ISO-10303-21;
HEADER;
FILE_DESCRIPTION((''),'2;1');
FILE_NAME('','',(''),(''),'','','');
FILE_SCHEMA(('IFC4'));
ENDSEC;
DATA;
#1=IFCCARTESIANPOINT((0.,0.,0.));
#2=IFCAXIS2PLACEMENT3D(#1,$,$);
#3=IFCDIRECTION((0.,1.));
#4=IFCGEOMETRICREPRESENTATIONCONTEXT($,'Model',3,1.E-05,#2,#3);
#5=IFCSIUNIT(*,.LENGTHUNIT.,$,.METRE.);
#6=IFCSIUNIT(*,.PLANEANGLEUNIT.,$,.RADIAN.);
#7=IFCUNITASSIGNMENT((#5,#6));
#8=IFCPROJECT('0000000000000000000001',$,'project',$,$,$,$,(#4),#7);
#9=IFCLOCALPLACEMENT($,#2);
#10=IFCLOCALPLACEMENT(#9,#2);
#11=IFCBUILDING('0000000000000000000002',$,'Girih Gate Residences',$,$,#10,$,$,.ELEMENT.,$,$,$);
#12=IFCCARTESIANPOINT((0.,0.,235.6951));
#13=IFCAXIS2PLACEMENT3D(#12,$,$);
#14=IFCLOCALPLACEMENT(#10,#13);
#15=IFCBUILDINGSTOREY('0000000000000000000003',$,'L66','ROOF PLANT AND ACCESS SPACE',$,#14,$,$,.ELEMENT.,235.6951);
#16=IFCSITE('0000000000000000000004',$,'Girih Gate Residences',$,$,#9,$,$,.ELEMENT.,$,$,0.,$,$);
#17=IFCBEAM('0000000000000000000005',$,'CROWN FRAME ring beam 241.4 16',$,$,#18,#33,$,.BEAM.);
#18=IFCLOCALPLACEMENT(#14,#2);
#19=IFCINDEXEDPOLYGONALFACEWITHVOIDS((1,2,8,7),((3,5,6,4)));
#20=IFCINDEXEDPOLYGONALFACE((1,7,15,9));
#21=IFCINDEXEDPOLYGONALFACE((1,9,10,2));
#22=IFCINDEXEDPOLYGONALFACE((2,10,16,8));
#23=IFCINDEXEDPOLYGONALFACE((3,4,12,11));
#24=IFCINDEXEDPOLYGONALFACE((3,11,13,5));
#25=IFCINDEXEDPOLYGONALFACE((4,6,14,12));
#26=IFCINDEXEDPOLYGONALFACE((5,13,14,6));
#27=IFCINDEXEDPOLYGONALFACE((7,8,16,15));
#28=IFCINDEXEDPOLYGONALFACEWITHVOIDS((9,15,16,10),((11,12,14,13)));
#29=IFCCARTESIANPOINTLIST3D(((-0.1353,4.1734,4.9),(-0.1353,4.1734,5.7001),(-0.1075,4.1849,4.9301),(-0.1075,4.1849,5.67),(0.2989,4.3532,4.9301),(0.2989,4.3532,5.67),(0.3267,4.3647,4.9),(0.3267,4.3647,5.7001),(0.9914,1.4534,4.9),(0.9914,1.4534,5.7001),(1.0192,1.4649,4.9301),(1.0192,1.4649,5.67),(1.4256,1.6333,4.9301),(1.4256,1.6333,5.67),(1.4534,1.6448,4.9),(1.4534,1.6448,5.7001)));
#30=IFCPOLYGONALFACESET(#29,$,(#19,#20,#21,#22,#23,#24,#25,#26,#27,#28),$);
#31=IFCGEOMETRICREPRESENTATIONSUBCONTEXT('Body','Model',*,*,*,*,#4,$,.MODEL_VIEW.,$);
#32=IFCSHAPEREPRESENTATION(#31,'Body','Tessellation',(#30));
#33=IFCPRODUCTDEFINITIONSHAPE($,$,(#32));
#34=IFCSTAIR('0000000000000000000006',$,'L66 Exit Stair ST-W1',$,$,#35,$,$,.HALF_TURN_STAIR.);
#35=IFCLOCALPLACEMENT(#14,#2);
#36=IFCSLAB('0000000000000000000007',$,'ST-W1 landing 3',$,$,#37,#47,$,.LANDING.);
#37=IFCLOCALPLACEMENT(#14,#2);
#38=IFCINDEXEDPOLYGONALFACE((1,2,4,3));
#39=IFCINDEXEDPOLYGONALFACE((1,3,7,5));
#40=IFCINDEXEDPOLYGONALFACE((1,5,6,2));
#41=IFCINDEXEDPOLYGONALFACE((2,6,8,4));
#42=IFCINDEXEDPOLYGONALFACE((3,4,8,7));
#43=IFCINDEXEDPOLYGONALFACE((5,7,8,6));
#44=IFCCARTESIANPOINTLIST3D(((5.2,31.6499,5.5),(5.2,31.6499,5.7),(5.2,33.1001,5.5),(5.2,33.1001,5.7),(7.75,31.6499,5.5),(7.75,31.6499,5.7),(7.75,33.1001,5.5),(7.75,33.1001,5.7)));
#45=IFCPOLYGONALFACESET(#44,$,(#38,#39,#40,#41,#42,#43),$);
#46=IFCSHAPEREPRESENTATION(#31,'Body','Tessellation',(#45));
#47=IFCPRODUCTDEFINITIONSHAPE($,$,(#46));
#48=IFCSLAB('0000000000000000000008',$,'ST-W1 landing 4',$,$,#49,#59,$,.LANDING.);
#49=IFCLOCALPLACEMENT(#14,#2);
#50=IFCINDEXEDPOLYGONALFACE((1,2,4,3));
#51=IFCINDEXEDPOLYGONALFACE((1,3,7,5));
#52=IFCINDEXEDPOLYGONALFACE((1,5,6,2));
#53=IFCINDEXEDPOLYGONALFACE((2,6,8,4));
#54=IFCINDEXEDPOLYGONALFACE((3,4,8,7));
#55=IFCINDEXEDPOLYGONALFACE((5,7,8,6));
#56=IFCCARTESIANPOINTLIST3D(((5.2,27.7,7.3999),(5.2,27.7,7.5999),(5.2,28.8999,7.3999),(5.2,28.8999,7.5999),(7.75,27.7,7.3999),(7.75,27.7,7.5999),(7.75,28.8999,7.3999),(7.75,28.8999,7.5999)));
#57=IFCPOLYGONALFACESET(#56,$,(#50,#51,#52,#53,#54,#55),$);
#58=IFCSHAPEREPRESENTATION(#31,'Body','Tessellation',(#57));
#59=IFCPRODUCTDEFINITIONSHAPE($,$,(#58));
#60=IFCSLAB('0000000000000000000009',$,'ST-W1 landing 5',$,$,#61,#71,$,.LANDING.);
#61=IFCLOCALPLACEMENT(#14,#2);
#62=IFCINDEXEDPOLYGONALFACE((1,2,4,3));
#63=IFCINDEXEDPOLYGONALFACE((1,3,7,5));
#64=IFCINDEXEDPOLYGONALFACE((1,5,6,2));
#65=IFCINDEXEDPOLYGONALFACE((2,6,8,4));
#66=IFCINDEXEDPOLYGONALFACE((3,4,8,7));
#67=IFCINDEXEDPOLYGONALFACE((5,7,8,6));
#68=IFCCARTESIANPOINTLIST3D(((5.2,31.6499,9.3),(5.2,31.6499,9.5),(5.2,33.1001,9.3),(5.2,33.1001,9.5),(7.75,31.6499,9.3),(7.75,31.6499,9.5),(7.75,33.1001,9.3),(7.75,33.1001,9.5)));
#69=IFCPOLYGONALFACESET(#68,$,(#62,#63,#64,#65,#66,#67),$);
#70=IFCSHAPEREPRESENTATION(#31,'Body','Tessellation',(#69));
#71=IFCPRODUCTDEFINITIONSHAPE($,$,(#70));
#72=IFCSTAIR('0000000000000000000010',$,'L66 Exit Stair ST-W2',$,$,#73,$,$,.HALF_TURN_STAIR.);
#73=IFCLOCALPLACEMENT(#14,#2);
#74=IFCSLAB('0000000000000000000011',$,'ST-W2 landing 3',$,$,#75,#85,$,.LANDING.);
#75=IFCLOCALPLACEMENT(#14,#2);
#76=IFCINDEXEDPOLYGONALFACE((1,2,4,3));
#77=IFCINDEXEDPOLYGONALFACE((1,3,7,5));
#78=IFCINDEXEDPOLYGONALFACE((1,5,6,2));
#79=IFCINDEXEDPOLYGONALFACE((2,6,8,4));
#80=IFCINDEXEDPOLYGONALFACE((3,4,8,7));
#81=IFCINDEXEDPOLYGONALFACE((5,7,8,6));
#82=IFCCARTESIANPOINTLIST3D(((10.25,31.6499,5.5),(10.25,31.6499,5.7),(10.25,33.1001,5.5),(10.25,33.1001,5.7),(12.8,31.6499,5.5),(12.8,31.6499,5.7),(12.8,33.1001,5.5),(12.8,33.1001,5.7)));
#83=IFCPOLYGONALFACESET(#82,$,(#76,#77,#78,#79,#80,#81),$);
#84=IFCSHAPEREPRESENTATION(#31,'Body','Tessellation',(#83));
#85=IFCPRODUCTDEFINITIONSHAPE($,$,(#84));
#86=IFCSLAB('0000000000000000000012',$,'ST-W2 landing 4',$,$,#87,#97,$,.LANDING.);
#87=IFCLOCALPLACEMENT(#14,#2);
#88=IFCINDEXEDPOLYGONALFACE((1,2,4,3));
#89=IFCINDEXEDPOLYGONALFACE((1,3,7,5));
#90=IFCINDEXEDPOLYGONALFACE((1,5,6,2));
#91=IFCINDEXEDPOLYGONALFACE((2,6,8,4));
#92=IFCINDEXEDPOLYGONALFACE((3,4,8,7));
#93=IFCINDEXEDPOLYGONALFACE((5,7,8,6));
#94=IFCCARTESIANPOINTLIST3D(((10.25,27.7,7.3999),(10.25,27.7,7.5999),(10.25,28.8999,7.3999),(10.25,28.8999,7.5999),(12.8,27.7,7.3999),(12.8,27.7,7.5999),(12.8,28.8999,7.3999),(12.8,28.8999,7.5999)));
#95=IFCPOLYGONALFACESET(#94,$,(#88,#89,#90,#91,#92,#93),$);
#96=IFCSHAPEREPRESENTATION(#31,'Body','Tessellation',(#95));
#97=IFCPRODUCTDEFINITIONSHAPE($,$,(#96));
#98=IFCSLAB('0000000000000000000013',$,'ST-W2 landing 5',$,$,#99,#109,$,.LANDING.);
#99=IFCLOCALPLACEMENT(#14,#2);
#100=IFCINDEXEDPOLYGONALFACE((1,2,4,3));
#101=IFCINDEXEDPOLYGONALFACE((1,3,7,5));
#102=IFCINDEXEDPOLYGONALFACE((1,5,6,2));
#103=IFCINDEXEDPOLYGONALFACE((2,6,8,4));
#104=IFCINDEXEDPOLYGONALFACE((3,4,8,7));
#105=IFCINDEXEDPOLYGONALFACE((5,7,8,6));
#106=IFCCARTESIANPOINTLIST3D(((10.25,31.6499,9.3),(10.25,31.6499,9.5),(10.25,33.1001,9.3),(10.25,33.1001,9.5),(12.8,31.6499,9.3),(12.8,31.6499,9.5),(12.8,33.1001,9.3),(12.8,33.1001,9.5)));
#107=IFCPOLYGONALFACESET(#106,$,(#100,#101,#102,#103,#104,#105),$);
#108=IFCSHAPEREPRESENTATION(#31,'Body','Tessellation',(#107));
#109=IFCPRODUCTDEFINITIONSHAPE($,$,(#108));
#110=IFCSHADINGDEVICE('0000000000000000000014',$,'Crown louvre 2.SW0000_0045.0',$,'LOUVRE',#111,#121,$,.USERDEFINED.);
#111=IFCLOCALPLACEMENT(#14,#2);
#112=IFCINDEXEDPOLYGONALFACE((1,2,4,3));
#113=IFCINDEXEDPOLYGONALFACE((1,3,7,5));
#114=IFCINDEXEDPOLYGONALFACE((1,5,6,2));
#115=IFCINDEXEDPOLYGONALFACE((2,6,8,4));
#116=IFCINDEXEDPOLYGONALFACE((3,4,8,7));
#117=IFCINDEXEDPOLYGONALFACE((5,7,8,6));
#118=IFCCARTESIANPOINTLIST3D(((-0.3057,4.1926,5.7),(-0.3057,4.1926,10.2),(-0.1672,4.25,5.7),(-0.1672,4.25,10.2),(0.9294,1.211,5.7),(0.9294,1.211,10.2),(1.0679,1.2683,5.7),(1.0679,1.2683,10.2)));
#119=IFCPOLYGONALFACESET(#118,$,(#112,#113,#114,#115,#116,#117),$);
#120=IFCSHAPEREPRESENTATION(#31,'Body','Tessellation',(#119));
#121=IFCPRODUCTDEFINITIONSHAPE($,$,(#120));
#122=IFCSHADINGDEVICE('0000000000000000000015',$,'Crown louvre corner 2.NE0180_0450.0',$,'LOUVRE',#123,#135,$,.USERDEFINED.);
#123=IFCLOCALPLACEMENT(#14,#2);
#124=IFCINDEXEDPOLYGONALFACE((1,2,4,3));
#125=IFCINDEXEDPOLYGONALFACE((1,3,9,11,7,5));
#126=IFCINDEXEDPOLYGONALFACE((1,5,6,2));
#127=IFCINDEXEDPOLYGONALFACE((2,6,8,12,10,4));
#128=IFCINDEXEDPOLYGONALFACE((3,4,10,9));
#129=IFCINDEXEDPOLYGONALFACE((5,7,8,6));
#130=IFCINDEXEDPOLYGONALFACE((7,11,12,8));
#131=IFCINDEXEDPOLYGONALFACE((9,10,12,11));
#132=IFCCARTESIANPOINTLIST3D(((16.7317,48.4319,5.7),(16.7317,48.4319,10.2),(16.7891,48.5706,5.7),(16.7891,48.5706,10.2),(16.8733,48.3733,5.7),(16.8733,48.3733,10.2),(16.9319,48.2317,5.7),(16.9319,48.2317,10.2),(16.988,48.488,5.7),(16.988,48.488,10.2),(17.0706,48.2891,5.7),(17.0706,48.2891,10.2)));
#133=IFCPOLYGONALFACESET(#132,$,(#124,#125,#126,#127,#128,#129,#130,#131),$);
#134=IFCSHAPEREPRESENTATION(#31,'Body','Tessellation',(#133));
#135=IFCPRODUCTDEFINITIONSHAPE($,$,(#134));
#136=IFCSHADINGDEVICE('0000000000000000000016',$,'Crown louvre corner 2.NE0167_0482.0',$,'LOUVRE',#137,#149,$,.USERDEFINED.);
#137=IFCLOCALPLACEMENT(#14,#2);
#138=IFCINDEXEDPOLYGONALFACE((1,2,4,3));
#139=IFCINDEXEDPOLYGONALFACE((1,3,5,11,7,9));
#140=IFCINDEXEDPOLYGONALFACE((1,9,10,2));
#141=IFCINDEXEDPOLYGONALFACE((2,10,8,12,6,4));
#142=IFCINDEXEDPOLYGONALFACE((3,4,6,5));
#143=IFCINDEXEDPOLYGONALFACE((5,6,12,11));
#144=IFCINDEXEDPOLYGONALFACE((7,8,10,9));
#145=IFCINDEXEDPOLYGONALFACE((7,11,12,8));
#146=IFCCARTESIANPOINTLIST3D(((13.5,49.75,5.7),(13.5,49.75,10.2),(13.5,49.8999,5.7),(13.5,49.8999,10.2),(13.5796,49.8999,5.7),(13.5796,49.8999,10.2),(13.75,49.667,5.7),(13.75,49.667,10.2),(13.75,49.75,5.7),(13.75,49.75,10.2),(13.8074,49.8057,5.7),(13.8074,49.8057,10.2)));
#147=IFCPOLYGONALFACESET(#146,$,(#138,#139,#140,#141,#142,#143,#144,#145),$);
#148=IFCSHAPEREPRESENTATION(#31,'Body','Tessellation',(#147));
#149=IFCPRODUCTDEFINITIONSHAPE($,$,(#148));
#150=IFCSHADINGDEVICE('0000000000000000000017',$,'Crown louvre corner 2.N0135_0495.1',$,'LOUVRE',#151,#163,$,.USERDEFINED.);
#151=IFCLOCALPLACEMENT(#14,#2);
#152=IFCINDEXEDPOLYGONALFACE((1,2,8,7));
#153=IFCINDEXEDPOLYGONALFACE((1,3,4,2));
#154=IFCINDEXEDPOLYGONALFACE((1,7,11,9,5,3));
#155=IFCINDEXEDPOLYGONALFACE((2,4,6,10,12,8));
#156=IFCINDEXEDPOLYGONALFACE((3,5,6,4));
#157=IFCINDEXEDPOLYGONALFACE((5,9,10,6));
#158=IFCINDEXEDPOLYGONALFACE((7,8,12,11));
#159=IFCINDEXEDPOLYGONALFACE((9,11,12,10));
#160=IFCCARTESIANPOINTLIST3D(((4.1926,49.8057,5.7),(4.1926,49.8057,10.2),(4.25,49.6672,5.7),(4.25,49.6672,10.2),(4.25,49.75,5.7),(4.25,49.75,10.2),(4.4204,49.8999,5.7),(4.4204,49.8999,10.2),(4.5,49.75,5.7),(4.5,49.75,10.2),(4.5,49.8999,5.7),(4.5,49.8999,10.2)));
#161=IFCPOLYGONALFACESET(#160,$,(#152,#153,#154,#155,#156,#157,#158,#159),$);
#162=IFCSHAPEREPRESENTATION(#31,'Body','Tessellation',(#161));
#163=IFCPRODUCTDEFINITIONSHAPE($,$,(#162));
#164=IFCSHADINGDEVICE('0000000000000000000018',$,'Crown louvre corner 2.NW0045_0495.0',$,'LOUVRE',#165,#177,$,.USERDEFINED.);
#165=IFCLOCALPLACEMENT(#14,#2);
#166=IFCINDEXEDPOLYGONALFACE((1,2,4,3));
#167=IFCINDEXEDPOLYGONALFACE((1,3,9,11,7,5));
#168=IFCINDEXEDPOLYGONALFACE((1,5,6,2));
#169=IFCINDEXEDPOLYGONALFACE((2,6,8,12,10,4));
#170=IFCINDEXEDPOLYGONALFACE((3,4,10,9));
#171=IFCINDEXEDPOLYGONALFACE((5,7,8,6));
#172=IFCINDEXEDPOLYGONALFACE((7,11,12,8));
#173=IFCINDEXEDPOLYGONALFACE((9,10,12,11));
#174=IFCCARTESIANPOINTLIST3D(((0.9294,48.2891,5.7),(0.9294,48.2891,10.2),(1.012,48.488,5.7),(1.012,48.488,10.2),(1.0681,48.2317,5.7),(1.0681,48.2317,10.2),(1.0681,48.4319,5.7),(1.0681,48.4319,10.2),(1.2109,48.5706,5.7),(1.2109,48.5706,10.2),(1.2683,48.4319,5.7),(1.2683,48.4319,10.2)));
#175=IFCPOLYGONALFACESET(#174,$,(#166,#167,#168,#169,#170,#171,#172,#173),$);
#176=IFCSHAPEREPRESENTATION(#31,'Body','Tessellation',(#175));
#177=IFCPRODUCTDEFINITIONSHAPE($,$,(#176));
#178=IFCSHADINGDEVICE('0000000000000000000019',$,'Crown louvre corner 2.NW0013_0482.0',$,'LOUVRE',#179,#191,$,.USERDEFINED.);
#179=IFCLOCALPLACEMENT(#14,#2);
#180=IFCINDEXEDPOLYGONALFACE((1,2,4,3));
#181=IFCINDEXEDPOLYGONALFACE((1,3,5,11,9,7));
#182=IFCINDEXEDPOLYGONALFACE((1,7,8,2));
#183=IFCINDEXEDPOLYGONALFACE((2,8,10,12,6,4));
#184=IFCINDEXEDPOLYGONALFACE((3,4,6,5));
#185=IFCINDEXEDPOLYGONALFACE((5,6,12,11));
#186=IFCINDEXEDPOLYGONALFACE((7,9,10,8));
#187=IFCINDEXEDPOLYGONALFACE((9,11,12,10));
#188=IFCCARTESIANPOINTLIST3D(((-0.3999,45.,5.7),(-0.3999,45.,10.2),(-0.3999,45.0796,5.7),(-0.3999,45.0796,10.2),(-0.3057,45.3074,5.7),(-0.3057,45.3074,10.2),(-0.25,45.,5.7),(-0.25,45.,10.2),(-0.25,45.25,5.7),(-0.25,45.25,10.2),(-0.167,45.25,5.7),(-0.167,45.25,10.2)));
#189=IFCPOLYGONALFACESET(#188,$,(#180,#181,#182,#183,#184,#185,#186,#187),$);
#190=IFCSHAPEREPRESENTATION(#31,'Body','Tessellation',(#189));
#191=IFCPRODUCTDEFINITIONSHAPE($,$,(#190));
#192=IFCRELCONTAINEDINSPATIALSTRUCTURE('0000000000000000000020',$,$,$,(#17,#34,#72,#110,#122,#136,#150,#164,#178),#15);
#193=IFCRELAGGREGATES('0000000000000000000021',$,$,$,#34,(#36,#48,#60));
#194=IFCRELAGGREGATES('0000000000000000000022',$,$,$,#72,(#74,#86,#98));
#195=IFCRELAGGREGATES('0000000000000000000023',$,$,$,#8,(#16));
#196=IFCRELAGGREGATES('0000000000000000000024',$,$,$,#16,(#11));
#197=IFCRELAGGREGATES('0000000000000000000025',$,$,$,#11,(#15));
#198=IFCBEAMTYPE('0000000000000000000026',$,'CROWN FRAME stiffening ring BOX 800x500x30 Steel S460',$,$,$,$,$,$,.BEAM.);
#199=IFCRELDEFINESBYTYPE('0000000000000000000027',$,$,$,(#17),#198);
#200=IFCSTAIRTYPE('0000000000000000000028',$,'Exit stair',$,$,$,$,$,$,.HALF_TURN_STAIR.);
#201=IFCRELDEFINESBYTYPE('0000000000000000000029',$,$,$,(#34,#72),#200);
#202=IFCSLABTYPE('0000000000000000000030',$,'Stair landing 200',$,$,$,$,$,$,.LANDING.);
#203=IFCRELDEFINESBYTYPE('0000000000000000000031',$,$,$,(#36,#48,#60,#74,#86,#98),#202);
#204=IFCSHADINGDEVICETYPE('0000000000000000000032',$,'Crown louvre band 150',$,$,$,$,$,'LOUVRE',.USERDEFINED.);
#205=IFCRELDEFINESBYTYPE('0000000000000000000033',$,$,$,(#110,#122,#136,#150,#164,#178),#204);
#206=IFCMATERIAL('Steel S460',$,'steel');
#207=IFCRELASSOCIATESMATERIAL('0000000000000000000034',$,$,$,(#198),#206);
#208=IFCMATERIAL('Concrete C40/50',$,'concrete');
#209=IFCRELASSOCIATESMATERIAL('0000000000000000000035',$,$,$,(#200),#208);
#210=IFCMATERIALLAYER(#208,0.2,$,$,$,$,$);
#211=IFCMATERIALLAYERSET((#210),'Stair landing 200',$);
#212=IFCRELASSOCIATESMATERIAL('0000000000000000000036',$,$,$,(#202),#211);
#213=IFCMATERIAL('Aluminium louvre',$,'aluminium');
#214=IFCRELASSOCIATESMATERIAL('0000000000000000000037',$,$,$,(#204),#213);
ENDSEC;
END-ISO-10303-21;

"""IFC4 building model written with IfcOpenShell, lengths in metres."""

from ifc_helpers import new_model, si_unit, direction, frame, origin, origin_2d, place, context, subcontext, project, spatial, polyline, rectangle, hollow_rectangle, outline, extrude, material, layer, layer_set, material_profile, profile_set, type_object, element, aggregate, save


model = new_model("IFC4")

# Units and contexts
model_context = context("Model", 3, precision=1e-05, world=origin(), true_north=direction((0.0, 1.0)))
body_context = subcontext(model_context, "Body", "Model", "MODEL_VIEW")
ifc_project = project(units=[si_unit("LENGTHUNIT", "METRE"), si_unit("PLANEANGLEUNIT", "RADIAN")], contexts=[model_context])

# Site, building, storey
site_placement = place(None, origin())
site = spatial("IfcSite", under=ifc_project, at=site_placement, Name="Girih Gate Residences", CompositionType="ELEMENT", RefElevation=0.0)
building_placement = place(site_placement, origin())
building = spatial("IfcBuilding", under=site, at=building_placement, Name="Girih Gate Residences", CompositionType="ELEMENT")
storey_placement = place(building_placement, frame((0.0, 0.0, 235.6951)))
storey = spatial("IfcBuildingStorey", under=building, at=storey_placement, Name="L66", Description="ROOF PLANT AND ACCESS SPACE", CompositionType="ELEMENT", Elevation=235.6951)

# Beam
ifc_material_1 = material(Name="Steel S460", Category="steel")
ifc_material_profile = material_profile(ifc_material_1, hollow_rectangle(XDim=0.5, YDim=0.8, WallThickness=0.03, at=origin_2d()))
ifc_profile_set = profile_set([ifc_material_profile], Name="Steel S460")
beam_type = type_object("IfcBeamType", Name="CROWN FRAME stiffening ring BOX 800x500x30 Steel S460", PredefinedType="BEAM", material=ifc_profile_set)
beam_placement = place(storey_placement, frame((0.0957, 4.269, 5.3), z_axis=(0.382701, -0.923872, 0.0), x_axis=(0.923872, 0.382701, 0.0)))
element("IfcBeam", 1, at=beam_placement, inside=storey, type_object=beam_type, Name="CROWN FRAME ring beam 241.4 16", PredefinedType="BEAM", context=body_context, shape_type="SweptSolid", body=[
    extrude(hollow_rectangle(XDim=0.5, YDim=0.8, WallThickness=0.03, at=origin_2d()), origin(), (0.0, 0.0, 1.0), 2.9441),
])

# Stairs, slabs
ifc_material_2 = material(Name="Concrete C40/50", Category="concrete")
stair_type = type_object("IfcStairType", Name="Exit stair", PredefinedType="HALF_TURN_STAIR", material=ifc_material_2)
stair_1_placement = place(storey_placement, origin())
stair_1 = element("IfcStair", 2, at=stair_1_placement, inside=storey, type_object=stair_type, Name="L66 Exit Stair ST-W1", PredefinedType="HALF_TURN_STAIR")
ifc_layer_1 = layer(ifc_material_2, 0.2)
ifc_layer_set_1 = layer_set([ifc_layer_1], Name="Stair landing 200")
slab_type = type_object("IfcSlabType", Name="Stair landing 200", PredefinedType="LANDING", material=ifc_layer_set_1)
slab_1_placement = place(storey_placement, frame((0.0, 0.0, 5.5)))
slab_1 = element("IfcSlab", 3, at=slab_1_placement, type_object=slab_type, Name="ST-W1 landing 3", PredefinedType="LANDING", context=body_context, shape_type="SweptSolid", body=[
    extrude(outline(polyline([(7.75, 31.6499), (7.75, 33.1001), (5.2, 33.1001), (5.2, 31.6499), (7.75, 31.6499)])), origin(), (0.0, 0.0, 1.0), 0.2),
])
slab_2_placement = place(storey_placement, frame((0.0, 0.0, 7.3999)))
slab_2 = element("IfcSlab", 4, at=slab_2_placement, type_object=slab_type, Name="ST-W1 landing 4", PredefinedType="LANDING", context=body_context, shape_type="SweptSolid", body=[
    extrude(outline(polyline([(7.75, 27.7), (7.75, 28.8999), (5.2, 28.8999), (5.2, 27.7), (7.75, 27.7)])), origin(), (0.0, 0.0, 1.0), 0.2),
])
slab_3_placement = place(storey_placement, frame((0.0, 0.0, 9.3)))
slab_3 = element("IfcSlab", 5, at=slab_3_placement, type_object=slab_type, Name="ST-W1 landing 5", PredefinedType="LANDING", context=body_context, shape_type="SweptSolid", body=[
    extrude(outline(polyline([(7.75, 31.6499), (7.75, 33.1001), (5.2, 33.1001), (5.2, 31.6499), (7.75, 31.6499)])), origin(), (0.0, 0.0, 1.0), 0.2),
])
aggregate(stair_1, [slab_1, slab_2, slab_3])
stair_2_placement = place(storey_placement, origin())
stair_2 = element("IfcStair", 6, at=stair_2_placement, inside=storey, type_object=stair_type, Name="L66 Exit Stair ST-W2", PredefinedType="HALF_TURN_STAIR")
slab_4_placement = place(storey_placement, frame((0.0, 0.0, 5.5)))
slab_4 = element("IfcSlab", 7, at=slab_4_placement, type_object=slab_type, Name="ST-W2 landing 3", PredefinedType="LANDING", context=body_context, shape_type="SweptSolid", body=[
    extrude(outline(polyline([(12.8, 31.6499), (12.8, 33.1001), (10.25, 33.1001), (10.25, 31.6499), (12.8, 31.6499)])), origin(), (0.0, 0.0, 1.0), 0.2),
])
slab_5_placement = place(storey_placement, frame((0.0, 0.0, 7.3999)))
slab_5 = element("IfcSlab", 8, at=slab_5_placement, type_object=slab_type, Name="ST-W2 landing 4", PredefinedType="LANDING", context=body_context, shape_type="SweptSolid", body=[
    extrude(outline(polyline([(12.8, 27.7), (12.8, 28.8999), (10.25, 28.8999), (10.25, 27.7), (12.8, 27.7)])), origin(), (0.0, 0.0, 1.0), 0.2),
])
slab_6_placement = place(storey_placement, frame((0.0, 0.0, 9.3)))
slab_6 = element("IfcSlab", 9, at=slab_6_placement, type_object=slab_type, Name="ST-W2 landing 5", PredefinedType="LANDING", context=body_context, shape_type="SweptSolid", body=[
    extrude(outline(polyline([(12.8, 31.6499), (12.8, 33.1001), (10.25, 33.1001), (10.25, 31.6499), (12.8, 31.6499)])), origin(), (0.0, 0.0, 1.0), 0.2),
])
aggregate(stair_2, [slab_4, slab_5, slab_6])

# Shading devices
ifc_material_3 = material(Name="Aluminium louvre", Category="aluminium")
shading_device_type = type_object("IfcShadingDeviceType", Name="Crown louvre band 150", ElementType="LOUVRE", PredefinedType="USERDEFINED", material=ifc_material_3)
shading_device_1_placement = place(storey_placement, frame((0.3811, 2.7305, 5.7), z_axis=(0.0, 0.0, 1.0), x_axis=(0.382683, -0.92388, 0.0)))
element("IfcShadingDevice", 10, at=shading_device_1_placement, inside=storey, type_object=shading_device_type, Name="Crown louvre 2.SW0000_0045.0", ObjectType="LOUVRE", PredefinedType="USERDEFINED", context=body_context, shape_type="SweptSolid", body=[
    extrude(rectangle(XDim=3.2273, YDim=0.1499, at=origin_2d()), origin(), (0.0, 0.0, 1.0), 4.5),
])
shading_device_2_placement = place(storey_placement, frame((0.0, 0.0, 5.7)))
element("IfcShadingDevice", 11, at=shading_device_2_placement, inside=storey, type_object=shading_device_type, Name="Crown louvre corner 2.NE0180_0450.0", ObjectType="LOUVRE", PredefinedType="USERDEFINED", context=body_context, shape_type="SweptSolid", body=[
    extrude(outline(polyline([(16.988, 48.488), (17.0706, 48.2891), (16.9319, 48.2317), (16.8733, 48.3733), (16.7317, 48.4319), (16.7891, 48.5706), (16.988, 48.488)])), origin(), (0.0, 0.0, 1.0), 4.5),
])
shading_device_3_placement = place(storey_placement, frame((0.0, 0.0, 5.7)))
element("IfcShadingDevice", 12, at=shading_device_3_placement, inside=storey, type_object=shading_device_type, Name="Crown louvre corner 2.NE0167_0482.0", ObjectType="LOUVRE", PredefinedType="USERDEFINED", context=body_context, shape_type="SweptSolid", body=[
    extrude(outline(polyline([(13.5796, 49.8999), (13.8074, 49.8057), (13.75, 49.667), (13.75, 49.75), (13.5, 49.75), (13.5, 49.8999), (13.5796, 49.8999)])), origin(), (0.0, 0.0, 1.0), 4.5),
])
shading_device_4_placement = place(storey_placement, frame((0.0, 0.0, 5.7)))
element("IfcShadingDevice", 13, at=shading_device_4_placement, inside=storey, type_object=shading_device_type, Name="Crown louvre corner 2.N0135_0495.1", ObjectType="LOUVRE", PredefinedType="USERDEFINED", context=body_context, shape_type="SweptSolid", body=[
    extrude(outline(polyline([(4.4204, 49.8999), (4.5, 49.8999), (4.5, 49.75), (4.25, 49.75), (4.25, 49.6672), (4.1926, 49.8057), (4.4204, 49.8999)])), origin(), (0.0, 0.0, 1.0), 4.5),
])
shading_device_5_placement = place(storey_placement, frame((0.0, 0.0, 5.7)))
element("IfcShadingDevice", 14, at=shading_device_5_placement, inside=storey, type_object=shading_device_type, Name="Crown louvre corner 2.NW0045_0495.0", ObjectType="LOUVRE", PredefinedType="USERDEFINED", context=body_context, shape_type="SweptSolid", body=[
    extrude(outline(polyline([(1.012, 48.488), (1.2109, 48.5706), (1.2683, 48.4319), (1.0681, 48.4319), (1.0681, 48.2317), (0.9294, 48.2891), (1.012, 48.488)])), origin(), (0.0, 0.0, 1.0), 4.5),
])
shading_device_6_placement = place(storey_placement, frame((0.0, 0.0, 5.7)))
element("IfcShadingDevice", 15, at=shading_device_6_placement, inside=storey, type_object=shading_device_type, Name="Crown louvre corner 2.NW0013_0482.0", ObjectType="LOUVRE", PredefinedType="USERDEFINED", context=body_context, shape_type="SweptSolid", body=[
    extrude(outline(polyline([(-0.3999, 45.0796), (-0.3057, 45.3074), (-0.167, 45.25), (-0.25, 45.25), (-0.25, 45.0), (-0.3999, 45.0), (-0.3999, 45.0796)])), origin(), (0.0, 0.0, 1.0), 4.5),
])

save(model, "model.ifc")
